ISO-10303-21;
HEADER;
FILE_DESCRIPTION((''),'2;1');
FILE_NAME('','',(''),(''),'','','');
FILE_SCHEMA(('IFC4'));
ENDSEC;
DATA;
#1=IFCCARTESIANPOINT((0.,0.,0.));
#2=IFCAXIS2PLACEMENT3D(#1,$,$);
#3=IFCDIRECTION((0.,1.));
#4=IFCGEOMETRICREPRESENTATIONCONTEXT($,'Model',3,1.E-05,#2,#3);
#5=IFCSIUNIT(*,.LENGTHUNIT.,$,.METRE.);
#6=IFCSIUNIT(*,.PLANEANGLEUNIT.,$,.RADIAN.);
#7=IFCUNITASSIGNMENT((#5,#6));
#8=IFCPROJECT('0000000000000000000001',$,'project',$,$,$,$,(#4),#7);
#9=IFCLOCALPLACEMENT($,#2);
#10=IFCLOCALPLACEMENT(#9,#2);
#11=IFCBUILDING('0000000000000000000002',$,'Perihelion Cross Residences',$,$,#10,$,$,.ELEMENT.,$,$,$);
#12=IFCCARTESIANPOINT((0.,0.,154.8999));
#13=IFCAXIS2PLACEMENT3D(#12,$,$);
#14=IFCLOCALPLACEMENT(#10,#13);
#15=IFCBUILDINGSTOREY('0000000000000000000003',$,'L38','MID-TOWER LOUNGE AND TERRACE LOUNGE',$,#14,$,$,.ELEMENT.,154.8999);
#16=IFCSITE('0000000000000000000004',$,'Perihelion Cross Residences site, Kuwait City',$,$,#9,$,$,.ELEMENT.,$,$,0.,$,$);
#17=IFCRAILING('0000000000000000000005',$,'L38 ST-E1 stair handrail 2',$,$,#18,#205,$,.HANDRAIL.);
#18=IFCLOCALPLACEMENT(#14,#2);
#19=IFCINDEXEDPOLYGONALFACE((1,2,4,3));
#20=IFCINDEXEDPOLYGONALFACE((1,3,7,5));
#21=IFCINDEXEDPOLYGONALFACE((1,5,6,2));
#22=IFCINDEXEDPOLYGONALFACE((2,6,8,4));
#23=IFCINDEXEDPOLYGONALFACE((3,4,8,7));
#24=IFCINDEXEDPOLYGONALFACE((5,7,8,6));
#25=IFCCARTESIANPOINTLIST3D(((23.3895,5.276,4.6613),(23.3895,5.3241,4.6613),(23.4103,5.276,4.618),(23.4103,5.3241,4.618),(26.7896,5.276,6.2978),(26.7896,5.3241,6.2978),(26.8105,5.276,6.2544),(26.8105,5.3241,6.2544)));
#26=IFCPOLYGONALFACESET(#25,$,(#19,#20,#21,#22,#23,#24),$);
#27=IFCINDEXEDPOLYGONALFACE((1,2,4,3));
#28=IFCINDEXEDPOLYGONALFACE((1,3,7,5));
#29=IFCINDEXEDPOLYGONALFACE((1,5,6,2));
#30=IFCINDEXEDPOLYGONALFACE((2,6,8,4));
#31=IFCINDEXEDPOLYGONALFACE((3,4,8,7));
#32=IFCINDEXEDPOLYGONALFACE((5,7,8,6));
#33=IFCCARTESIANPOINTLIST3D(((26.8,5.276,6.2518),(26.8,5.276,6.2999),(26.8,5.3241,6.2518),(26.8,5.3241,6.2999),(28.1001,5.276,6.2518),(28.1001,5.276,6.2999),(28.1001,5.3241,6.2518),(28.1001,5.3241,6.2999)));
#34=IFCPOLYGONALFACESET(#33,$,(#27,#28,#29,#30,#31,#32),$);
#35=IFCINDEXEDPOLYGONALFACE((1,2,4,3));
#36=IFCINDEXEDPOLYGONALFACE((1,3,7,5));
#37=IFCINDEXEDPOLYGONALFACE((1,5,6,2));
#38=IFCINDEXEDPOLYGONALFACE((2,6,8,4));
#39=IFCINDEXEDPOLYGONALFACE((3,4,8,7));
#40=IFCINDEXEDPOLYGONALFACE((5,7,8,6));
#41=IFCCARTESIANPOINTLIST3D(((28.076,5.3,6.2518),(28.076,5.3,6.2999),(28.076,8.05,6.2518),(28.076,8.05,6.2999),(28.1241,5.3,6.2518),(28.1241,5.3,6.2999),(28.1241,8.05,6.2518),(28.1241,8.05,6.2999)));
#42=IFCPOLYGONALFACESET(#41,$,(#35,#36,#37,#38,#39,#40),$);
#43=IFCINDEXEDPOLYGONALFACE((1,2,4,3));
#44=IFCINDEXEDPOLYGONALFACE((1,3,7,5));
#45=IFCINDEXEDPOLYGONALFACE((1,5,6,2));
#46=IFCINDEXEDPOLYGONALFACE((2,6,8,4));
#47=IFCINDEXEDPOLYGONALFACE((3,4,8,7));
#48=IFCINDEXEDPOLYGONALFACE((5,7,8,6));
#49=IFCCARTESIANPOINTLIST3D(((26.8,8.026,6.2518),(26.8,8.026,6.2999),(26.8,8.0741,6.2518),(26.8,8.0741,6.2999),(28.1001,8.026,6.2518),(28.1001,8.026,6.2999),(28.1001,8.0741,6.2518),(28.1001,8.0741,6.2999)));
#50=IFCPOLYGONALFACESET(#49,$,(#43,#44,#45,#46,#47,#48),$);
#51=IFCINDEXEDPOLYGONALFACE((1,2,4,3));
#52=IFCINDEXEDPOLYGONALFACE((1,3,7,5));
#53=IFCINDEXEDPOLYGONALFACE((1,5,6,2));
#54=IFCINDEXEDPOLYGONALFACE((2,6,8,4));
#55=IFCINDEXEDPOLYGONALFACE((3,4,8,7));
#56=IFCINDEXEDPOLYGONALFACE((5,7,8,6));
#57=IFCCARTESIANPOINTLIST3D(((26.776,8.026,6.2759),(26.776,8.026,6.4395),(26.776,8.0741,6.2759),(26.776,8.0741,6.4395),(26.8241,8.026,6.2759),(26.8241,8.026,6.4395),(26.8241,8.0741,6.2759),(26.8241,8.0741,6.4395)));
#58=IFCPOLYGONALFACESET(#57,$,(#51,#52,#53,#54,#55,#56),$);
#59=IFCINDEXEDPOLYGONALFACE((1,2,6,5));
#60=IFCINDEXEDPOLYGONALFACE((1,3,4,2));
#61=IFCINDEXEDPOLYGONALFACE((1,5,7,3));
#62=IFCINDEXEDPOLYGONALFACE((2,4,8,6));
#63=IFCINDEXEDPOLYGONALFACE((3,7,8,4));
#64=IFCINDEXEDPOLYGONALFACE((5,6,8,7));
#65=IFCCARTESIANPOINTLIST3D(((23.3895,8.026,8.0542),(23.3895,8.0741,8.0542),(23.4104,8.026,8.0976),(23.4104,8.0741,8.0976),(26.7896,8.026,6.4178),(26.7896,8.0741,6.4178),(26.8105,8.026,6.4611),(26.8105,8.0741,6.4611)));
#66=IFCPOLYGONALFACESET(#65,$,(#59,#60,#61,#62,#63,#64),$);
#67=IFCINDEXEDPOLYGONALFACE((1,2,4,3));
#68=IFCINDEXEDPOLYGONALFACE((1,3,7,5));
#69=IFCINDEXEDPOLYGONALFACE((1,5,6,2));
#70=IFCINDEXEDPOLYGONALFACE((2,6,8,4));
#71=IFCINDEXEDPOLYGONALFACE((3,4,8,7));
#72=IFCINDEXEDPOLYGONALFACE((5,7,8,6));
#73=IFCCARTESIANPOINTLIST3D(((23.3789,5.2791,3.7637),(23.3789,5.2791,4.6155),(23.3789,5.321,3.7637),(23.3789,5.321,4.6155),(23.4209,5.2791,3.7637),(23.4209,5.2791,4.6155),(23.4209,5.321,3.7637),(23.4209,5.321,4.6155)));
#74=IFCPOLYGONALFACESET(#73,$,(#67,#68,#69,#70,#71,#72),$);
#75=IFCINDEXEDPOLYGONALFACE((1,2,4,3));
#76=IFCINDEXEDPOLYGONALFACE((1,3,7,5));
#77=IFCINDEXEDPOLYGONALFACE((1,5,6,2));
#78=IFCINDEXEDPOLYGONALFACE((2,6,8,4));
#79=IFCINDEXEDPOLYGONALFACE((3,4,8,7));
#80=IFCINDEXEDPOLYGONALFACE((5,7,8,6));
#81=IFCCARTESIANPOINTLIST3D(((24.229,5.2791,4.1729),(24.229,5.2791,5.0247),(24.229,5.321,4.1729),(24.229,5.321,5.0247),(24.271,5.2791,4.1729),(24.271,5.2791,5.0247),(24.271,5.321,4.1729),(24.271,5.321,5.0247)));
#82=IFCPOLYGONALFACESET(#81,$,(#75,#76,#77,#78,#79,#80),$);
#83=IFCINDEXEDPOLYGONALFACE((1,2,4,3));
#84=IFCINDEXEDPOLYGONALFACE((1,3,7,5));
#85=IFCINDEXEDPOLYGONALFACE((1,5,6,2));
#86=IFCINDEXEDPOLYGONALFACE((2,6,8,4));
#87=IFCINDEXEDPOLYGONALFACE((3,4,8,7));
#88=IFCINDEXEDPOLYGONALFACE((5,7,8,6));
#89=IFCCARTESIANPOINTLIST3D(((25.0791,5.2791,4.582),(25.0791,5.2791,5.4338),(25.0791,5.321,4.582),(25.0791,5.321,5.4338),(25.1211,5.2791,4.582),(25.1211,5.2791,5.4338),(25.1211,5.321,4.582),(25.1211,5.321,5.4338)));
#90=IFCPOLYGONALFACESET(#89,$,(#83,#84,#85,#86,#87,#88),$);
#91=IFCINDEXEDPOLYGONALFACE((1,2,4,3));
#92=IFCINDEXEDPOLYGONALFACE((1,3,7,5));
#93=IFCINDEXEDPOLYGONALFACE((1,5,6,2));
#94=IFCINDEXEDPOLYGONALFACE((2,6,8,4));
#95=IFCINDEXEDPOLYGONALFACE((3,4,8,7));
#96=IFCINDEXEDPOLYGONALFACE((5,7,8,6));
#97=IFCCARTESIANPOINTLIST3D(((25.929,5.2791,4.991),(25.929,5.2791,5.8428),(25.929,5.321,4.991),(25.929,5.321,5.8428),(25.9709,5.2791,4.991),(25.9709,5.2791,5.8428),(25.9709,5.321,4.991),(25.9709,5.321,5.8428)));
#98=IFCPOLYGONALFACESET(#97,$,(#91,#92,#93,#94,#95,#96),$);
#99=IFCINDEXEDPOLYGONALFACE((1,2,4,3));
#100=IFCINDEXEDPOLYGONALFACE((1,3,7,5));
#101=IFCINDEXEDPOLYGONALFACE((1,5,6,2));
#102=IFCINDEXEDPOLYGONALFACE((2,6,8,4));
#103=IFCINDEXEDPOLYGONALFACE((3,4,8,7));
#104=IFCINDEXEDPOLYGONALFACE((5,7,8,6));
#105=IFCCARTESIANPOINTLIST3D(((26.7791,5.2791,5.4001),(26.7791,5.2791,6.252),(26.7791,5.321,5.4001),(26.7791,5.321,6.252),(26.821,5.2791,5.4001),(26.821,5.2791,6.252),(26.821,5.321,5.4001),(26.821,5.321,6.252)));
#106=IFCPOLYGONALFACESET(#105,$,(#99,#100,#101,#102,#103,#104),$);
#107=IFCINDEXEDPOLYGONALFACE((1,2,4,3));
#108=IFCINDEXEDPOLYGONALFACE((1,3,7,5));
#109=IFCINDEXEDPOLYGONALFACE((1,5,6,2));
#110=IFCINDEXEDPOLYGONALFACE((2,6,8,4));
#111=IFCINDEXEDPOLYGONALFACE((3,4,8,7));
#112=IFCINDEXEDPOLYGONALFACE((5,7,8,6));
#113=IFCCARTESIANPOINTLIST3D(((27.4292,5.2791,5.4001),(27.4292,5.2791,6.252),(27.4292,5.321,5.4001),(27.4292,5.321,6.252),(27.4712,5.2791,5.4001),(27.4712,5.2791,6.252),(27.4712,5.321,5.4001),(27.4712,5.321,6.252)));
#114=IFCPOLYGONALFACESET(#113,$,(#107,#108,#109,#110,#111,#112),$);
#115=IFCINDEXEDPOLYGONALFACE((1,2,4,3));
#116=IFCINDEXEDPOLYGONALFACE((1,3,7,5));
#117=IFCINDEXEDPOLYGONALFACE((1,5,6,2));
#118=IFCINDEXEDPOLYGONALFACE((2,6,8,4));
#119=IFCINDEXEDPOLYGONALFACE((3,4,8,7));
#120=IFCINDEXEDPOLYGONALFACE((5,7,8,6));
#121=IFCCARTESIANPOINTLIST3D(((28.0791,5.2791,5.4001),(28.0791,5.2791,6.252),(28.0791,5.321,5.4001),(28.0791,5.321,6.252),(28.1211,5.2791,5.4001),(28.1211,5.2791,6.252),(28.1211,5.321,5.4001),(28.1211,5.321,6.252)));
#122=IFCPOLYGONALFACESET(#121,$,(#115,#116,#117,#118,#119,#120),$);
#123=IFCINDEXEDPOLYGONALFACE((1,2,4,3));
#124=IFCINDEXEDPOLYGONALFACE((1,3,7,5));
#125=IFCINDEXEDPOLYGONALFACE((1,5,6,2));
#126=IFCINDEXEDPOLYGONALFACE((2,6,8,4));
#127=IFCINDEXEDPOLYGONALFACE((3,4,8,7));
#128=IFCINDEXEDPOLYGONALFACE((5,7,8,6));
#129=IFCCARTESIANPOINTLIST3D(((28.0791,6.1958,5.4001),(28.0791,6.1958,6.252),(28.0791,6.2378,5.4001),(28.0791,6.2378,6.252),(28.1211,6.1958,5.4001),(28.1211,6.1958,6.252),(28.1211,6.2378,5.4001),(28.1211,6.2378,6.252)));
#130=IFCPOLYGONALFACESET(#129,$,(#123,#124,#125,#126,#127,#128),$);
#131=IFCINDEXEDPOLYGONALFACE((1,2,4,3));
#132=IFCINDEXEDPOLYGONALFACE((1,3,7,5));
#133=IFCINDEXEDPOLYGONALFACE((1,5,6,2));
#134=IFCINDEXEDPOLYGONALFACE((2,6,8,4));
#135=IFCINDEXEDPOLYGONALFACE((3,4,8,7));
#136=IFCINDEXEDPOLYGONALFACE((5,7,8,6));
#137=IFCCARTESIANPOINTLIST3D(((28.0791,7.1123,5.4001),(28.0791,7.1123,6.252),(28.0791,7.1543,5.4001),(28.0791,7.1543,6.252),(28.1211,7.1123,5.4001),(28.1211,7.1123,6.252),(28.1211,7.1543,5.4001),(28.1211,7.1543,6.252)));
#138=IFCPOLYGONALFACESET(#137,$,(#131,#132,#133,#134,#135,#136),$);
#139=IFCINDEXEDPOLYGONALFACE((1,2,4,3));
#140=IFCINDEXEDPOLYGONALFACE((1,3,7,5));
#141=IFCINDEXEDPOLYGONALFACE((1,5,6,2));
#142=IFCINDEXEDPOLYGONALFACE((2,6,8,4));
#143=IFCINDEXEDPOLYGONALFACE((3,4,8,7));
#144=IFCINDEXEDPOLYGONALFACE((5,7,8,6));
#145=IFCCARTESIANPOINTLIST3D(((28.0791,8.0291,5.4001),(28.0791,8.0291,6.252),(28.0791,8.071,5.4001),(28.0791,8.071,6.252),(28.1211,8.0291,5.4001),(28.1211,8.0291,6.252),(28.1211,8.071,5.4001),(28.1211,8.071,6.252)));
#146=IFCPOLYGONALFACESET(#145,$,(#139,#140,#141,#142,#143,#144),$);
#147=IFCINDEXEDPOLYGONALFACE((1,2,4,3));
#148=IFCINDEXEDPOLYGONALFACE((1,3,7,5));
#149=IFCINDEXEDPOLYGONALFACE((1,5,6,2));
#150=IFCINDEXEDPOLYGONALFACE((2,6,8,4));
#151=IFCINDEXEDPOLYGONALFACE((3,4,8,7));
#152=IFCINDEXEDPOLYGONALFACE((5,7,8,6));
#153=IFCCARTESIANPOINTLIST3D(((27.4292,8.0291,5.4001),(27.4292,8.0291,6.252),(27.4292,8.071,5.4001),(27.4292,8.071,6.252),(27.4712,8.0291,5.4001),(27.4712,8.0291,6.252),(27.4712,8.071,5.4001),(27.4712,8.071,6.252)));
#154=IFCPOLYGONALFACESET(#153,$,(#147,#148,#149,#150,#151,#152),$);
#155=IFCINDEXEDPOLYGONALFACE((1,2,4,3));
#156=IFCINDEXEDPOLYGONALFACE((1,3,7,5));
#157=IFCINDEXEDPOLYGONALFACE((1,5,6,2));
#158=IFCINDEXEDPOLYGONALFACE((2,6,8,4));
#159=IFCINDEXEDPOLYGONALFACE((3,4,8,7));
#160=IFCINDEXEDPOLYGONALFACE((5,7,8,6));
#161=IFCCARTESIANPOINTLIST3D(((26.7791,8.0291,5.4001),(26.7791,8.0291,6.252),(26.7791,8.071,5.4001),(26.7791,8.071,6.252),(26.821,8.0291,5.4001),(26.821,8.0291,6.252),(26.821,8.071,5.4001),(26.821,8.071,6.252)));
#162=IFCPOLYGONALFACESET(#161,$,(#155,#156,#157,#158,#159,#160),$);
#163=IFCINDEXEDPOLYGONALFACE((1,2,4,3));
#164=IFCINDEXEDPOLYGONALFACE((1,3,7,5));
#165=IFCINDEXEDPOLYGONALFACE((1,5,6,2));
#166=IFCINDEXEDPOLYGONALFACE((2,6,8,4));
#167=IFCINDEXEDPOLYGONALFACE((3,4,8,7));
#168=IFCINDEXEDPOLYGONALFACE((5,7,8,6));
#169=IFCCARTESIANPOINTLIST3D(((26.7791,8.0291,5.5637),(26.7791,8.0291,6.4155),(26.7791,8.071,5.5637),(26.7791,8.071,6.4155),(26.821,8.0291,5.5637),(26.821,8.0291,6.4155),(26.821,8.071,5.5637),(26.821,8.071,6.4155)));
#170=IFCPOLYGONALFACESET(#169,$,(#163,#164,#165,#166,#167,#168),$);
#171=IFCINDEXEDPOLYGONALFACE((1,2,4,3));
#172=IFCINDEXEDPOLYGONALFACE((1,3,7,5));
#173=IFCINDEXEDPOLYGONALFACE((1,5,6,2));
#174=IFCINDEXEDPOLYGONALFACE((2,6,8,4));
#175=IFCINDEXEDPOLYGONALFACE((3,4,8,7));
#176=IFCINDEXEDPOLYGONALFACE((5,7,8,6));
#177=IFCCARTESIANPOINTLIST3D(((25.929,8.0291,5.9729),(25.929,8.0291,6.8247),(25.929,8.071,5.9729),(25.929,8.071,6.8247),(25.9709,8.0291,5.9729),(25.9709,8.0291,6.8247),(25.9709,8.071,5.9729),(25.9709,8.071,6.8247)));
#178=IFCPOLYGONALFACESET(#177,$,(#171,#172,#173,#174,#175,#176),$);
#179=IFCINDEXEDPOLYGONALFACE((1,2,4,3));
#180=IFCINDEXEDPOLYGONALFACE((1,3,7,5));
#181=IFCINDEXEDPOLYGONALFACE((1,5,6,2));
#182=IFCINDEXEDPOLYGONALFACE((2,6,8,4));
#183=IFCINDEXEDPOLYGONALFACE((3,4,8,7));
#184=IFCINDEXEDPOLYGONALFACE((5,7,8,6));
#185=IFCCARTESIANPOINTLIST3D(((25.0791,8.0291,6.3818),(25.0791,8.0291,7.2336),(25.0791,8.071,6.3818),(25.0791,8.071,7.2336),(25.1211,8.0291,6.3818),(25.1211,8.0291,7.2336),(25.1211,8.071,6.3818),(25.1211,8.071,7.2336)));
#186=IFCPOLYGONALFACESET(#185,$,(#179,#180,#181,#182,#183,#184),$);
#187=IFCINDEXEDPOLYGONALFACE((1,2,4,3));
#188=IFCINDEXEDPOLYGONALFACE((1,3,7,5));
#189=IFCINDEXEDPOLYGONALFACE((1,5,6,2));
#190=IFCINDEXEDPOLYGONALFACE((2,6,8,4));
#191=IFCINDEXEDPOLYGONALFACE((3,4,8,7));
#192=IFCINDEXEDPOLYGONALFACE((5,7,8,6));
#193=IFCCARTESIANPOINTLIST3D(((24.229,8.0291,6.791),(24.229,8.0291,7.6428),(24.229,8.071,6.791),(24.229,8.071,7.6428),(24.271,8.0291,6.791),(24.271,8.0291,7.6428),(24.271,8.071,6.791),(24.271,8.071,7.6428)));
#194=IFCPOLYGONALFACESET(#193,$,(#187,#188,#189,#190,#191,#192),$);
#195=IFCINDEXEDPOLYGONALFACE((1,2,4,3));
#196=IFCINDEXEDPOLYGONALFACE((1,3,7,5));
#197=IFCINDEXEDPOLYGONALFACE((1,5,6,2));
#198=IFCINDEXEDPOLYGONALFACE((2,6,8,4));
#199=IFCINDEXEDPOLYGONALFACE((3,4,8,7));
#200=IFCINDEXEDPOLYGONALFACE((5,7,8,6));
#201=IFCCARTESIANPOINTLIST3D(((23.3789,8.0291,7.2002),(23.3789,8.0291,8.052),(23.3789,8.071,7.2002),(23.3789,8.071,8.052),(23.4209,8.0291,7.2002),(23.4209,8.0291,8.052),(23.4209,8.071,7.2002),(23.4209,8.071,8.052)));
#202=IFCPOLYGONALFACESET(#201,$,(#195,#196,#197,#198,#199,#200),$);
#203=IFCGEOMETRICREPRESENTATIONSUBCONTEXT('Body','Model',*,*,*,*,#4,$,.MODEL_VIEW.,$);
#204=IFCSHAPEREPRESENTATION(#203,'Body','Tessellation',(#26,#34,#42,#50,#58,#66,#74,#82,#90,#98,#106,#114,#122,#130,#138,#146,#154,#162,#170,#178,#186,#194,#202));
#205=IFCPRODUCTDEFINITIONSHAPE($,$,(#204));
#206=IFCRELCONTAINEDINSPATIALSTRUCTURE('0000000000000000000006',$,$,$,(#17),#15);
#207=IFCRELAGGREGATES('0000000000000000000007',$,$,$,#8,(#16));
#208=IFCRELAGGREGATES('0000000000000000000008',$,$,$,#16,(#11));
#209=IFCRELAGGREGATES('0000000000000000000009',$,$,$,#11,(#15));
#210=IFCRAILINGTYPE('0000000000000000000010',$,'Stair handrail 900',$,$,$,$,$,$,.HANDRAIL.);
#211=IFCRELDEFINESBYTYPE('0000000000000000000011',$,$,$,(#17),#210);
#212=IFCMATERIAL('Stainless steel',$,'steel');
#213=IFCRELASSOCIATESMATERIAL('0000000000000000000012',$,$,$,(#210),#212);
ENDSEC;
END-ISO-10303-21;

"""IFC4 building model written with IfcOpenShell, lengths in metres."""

from ifc_helpers import new_model, si_unit, direction, frame, origin, origin_2d, place, context, subcontext, project, spatial, rectangle, extrude, material, type_object, element, save


model = new_model("IFC4")

# Units and contexts
model_context = context("Model", 3, precision=1e-05, world=origin(), true_north=direction((0.0, 1.0)))
body_context = subcontext(model_context, "Body", "Model", "MODEL_VIEW")
ifc_project = project(units=[si_unit("LENGTHUNIT", "METRE"), si_unit("PLANEANGLEUNIT", "RADIAN")], contexts=[model_context])

# Site, building, storey
site_placement = place(None, origin())
site = spatial("IfcSite", under=ifc_project, at=site_placement, Name="Perihelion Cross Residences site, Kuwait City", CompositionType="ELEMENT", RefElevation=0.0)
building_placement = place(site_placement, origin())
building = spatial("IfcBuilding", under=site, at=building_placement, Name="Perihelion Cross Residences", CompositionType="ELEMENT")
storey_placement = place(building_placement, frame((0.0, 0.0, 154.8999)))
storey = spatial("IfcBuildingStorey", under=building, at=storey_placement, Name="L38", Description="MID-TOWER LOUNGE AND TERRACE LOUNGE", CompositionType="ELEMENT", Elevation=154.8999)

# Railing
ifc_material_1 = material(Name="Stainless steel", Category="steel")
railing_type_1 = type_object("IfcRailingType", Name="Stair handrail 900", PredefinedType="HANDRAIL", material=ifc_material_1)
railing_1_placement = place(storey_placement, frame((23.3999, 5.3, 3.7637)))
element("IfcRailing", 1, at=railing_1_placement, inside=storey, type_object=railing_type_1, Name="L38 ST-E1 stair handrail 2", PredefinedType="HANDRAIL", context=body_context, shape_type="SweptSolid", body=[
    extrude(rectangle(XDim=0.0481, YDim=0.0481, at=origin_2d()), frame((0.0, 0.0, 0.876), z_axis=(0.901067, 0.0, 0.433679), x_axis=(0.0, 1.0, 0.0)), (0.0, 0.0, 1.0), 3.7734),
    extrude(rectangle(XDim=0.0481, YDim=0.0481, at=origin_2d()), frame((3.4001, 0.0, 2.5122), z_axis=(1.0, 0.0, 0.0), x_axis=(0.0, 1.0, 0.0)), (0.0, 0.0, 1.0), 1.3),
    extrude(rectangle(XDim=0.0481, YDim=0.0481, at=origin_2d()), frame((4.7002, 0.0, 2.5122), z_axis=(0.0, 1.0, 0.0), x_axis=(-1.0, 0.0, 0.0)), (0.0, 0.0, 1.0), 2.75),
    extrude(rectangle(XDim=0.0481, YDim=0.0481, at=origin_2d()), frame((4.7002, 2.75, 2.5122), z_axis=(-1.0, 0.0, 0.0), x_axis=(0.0, -1.0, 0.0)), (0.0, 0.0, 1.0), 1.3),
    extrude(rectangle(XDim=0.0481, YDim=0.0481, at=origin_2d()), frame((3.4001, 2.75, 2.5122), z_axis=(0.0, 0.0, 1.0), x_axis=(1.0, 0.0, 0.0)), (0.0, 0.0, 1.0), 0.1636),
    extrude(rectangle(XDim=0.0481, YDim=0.0481, at=origin_2d()), frame((3.4001, 2.75, 2.6758), z_axis=(-0.901067, 0.0, 0.433679), x_axis=(0.0, -1.0, 0.0)), (0.0, 0.0, 1.0), 3.7734),
    extrude(rectangle(XDim=0.042, YDim=0.042, at=origin_2d()), origin(), (0.0, 0.0, 1.0), 0.8518),
    extrude(rectangle(XDim=0.042, YDim=0.042, at=origin_2d()), frame((0.8501, 0.0, 0.4092)), (0.0, 0.0, 1.0), 0.8518),
    extrude(rectangle(XDim=0.042, YDim=0.042, at=origin_2d()), frame((1.7002, 0.0, 0.8184)), (0.0, 0.0, 1.0), 0.8518),
    extrude(rectangle(XDim=0.042, YDim=0.042, at=origin_2d()), frame((2.55, 0.0, 1.2273)), (0.0, 0.0, 1.0), 0.8518),
    extrude(rectangle(XDim=0.042, YDim=0.042, at=origin_2d()), frame((3.4001, 0.0, 1.6365)), (0.0, 0.0, 1.0), 0.8518),
    extrude(rectangle(XDim=0.042, YDim=0.042, at=origin_2d()), frame((4.0503, 0.0, 1.6365)), (0.0, 0.0, 1.0), 0.8518),
    extrude(rectangle(XDim=0.042, YDim=0.042, at=origin_2d()), frame((4.7002, 0.0, 1.6365)), (0.0, 0.0, 1.0), 0.8518),
    extrude(rectangle(XDim=0.042, YDim=0.042, at=origin_2d()), frame((4.7002, 0.9167, 1.6365)), (0.0, 0.0, 1.0), 0.8518),
    extrude(rectangle(XDim=0.042, YDim=0.042, at=origin_2d()), frame((4.7002, 1.8333, 1.6365)), (0.0, 0.0, 1.0), 0.8518),
    extrude(rectangle(XDim=0.042, YDim=0.042, at=origin_2d()), frame((4.7002, 2.75, 1.6365)), (0.0, 0.0, 1.0), 0.8518),
    extrude(rectangle(XDim=0.042, YDim=0.042, at=origin_2d()), frame((4.0503, 2.75, 1.6365)), (0.0, 0.0, 1.0), 0.8518),
    extrude(rectangle(XDim=0.042, YDim=0.042, at=origin_2d()), frame((3.4001, 2.75, 1.6365)), (0.0, 0.0, 1.0), 0.8518),
    extrude(rectangle(XDim=0.042, YDim=0.042, at=origin_2d()), frame((3.4001, 2.75, 1.8)), (0.0, 0.0, 1.0), 0.8518),
    extrude(rectangle(XDim=0.042, YDim=0.042, at=origin_2d()), frame((2.55, 2.75, 2.2092)), (0.0, 0.0, 1.0), 0.8518),
    extrude(rectangle(XDim=0.042, YDim=0.042, at=origin_2d()), frame((1.7002, 2.75, 2.6182)), (0.0, 0.0, 1.0), 0.8518),
    extrude(rectangle(XDim=0.042, YDim=0.042, at=origin_2d()), frame((0.8501, 2.75, 3.0273)), (0.0, 0.0, 1.0), 0.8518),
    extrude(rectangle(XDim=0.042, YDim=0.042, at=origin_2d()), frame((0.0, 2.75, 3.4365)), (0.0, 0.0, 1.0), 0.8518),
])

save(model, "model.ifc")
